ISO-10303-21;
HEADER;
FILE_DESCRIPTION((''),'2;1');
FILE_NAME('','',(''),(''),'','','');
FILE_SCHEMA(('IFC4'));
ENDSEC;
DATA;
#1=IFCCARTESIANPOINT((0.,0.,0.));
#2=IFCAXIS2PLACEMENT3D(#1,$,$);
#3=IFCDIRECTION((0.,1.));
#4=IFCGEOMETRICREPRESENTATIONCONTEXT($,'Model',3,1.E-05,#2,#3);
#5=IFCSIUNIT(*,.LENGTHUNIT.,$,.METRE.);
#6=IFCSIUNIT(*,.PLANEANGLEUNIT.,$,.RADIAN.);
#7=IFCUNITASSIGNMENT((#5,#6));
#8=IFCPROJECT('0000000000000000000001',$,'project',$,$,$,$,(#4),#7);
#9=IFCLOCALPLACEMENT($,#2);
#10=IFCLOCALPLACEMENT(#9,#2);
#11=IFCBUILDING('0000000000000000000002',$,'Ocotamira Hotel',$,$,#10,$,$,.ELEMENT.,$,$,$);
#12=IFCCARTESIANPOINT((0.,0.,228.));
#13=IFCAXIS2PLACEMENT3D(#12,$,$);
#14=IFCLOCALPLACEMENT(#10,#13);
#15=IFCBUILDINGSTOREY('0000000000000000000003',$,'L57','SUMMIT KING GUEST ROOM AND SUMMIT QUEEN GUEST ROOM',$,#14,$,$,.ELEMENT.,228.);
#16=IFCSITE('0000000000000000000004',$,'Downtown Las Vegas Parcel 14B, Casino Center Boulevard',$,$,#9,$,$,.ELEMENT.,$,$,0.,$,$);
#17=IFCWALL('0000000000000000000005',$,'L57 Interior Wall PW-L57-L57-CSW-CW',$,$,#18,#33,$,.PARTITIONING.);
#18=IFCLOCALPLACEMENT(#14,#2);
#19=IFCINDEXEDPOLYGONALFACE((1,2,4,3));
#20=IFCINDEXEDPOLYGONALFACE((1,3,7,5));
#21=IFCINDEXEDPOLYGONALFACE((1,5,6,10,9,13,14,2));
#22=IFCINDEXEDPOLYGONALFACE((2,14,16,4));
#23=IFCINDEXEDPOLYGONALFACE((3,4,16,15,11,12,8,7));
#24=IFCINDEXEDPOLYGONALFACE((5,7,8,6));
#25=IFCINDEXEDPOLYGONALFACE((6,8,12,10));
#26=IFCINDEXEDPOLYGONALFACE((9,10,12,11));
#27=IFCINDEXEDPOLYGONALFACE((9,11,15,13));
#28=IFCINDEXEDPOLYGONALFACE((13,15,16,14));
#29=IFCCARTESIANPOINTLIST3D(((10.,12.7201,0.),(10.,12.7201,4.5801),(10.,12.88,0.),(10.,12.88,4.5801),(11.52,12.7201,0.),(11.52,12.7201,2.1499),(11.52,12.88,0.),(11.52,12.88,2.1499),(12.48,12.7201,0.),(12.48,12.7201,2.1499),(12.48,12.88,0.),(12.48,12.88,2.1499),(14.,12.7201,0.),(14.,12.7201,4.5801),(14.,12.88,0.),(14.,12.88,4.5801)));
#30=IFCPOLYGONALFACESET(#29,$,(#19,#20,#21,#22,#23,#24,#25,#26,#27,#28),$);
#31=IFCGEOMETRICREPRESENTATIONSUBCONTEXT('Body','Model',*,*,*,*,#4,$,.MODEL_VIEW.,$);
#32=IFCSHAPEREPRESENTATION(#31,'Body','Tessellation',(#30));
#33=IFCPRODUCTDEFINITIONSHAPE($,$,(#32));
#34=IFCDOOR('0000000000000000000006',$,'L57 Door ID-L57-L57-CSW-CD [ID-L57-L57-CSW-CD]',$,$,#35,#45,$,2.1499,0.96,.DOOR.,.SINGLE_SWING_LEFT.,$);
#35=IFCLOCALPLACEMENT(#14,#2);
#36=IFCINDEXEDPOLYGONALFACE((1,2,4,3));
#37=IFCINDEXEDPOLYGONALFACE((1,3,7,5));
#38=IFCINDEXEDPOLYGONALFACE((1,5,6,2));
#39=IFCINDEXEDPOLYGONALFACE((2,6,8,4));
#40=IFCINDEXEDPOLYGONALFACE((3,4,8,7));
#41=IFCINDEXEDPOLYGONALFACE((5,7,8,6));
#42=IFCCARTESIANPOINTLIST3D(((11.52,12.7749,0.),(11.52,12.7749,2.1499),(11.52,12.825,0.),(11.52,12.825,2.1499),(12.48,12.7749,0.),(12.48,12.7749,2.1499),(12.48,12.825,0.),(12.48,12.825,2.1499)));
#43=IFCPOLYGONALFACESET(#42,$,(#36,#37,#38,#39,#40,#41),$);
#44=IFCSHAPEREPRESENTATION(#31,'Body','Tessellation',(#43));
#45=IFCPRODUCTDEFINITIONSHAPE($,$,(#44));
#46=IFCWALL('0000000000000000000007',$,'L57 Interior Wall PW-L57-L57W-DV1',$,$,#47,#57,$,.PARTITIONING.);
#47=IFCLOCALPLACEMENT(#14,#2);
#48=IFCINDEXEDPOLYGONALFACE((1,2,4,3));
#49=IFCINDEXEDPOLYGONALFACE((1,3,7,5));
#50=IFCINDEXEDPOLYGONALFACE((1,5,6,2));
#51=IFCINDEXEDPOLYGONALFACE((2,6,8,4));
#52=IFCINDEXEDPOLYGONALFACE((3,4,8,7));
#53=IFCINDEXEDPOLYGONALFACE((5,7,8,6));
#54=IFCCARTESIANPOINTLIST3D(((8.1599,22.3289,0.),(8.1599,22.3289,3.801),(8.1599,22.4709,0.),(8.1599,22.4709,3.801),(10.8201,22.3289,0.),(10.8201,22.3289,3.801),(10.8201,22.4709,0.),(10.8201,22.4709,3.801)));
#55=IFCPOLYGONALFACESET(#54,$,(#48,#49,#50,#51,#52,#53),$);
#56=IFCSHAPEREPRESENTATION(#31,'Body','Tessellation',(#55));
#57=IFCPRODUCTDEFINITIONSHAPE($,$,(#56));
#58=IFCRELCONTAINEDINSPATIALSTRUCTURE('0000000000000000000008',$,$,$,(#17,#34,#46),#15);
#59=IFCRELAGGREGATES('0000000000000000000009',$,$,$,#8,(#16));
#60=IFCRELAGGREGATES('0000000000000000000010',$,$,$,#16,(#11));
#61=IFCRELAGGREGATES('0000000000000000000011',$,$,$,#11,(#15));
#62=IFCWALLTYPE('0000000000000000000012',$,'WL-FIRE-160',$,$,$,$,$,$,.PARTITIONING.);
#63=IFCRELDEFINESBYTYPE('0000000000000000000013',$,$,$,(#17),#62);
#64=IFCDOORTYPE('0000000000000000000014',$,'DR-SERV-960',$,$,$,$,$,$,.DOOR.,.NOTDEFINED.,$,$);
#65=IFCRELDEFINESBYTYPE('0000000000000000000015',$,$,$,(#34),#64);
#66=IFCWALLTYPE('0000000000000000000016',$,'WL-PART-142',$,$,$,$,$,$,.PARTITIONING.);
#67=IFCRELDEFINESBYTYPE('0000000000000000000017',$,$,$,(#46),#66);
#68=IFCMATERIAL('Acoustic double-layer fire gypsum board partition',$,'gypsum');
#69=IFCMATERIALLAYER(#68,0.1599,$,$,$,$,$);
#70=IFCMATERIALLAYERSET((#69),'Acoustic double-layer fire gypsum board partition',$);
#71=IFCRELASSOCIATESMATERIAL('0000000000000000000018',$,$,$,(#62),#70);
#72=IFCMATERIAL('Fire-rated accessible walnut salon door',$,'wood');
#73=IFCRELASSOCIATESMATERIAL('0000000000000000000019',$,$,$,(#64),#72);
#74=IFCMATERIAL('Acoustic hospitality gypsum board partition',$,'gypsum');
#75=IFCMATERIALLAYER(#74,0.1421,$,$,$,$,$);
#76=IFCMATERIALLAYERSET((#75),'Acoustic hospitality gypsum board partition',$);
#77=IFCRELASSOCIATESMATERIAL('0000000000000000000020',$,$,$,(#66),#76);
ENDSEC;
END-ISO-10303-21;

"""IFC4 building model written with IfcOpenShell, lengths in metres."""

from ifc_helpers import new_model, si_unit, direction, frame, frame_2d, origin, place, context, subcontext, project, spatial, rectangle, extrude, source, transform, mapped, material, layer, layer_set, type_object, element, fill, save


model = new_model("IFC4")

# Units and contexts
model_context = context("Model", 3, precision=1e-05, world=origin(), true_north=direction((0.0, 1.0)))
body_context = subcontext(model_context, "Body", "Model", "MODEL_VIEW")
ifc_project = project(units=[si_unit("LENGTHUNIT", "METRE"), si_unit("PLANEANGLEUNIT", "RADIAN")], contexts=[model_context])

# Site, building, storey
site_placement = place(None, origin())
site = spatial("IfcSite", under=ifc_project, at=site_placement, Name="Downtown Las Vegas Parcel 14B, Casino Center Boulevard", CompositionType="ELEMENT", RefElevation=0.0)
building_placement = place(site_placement, origin())
building = spatial("IfcBuilding", under=site, at=building_placement, Name="Ocotamira Hotel", CompositionType="ELEMENT")
storey_placement = place(building_placement, frame((0.0, 0.0, 228.0)))
storey = spatial("IfcBuildingStorey", under=building, at=storey_placement, Name="L57", Description="SUMMIT KING GUEST ROOM AND SUMMIT QUEEN GUEST ROOM", CompositionType="ELEMENT", Elevation=228.0)

# Wall, opening, door
ifc_material_1 = material(Name="Acoustic double-layer fire gypsum board partition", Category="gypsum")
ifc_layer_1 = layer(ifc_material_1, 0.1599)
ifc_layer_set_1 = layer_set([ifc_layer_1], Name="Acoustic double-layer fire gypsum board partition")
wall_type_1 = type_object("IfcWallType", Name="WL-FIRE-160", PredefinedType="PARTITIONING", material=ifc_layer_set_1)
wall_1_placement = place(storey_placement, frame((10.0, 12.8, 0.0), z_axis=(0.0, 0.0, 1.0), x_axis=(1.0, 0.0, 0.0)))
wall_1 = element("IfcWall", 1, at=wall_1_placement, inside=storey, type_object=wall_type_1, Name="L57 Interior Wall PW-L57-L57-CSW-CW", PredefinedType="PARTITIONING", context=body_context, shape_type="SweptSolid", body=[
    extrude(rectangle(XDim=4.0, YDim=0.1599, at=frame_2d((2.0, 0.0))), origin(), (0.0, 0.0, 1.0), 4.5801),
])
opening_1_placement = place(wall_1_placement, frame((1.52, 0.0, 0.0)))
opening_1 = element("IfcOpeningElement", 2, at=opening_1_placement, cuts=wall_1, PredefinedType="OPENING", context=body_context, shape_type="SweptSolid", body=[
    extrude(rectangle(XDim=0.96, YDim=2.1499, at=frame_2d((0.48, 1.075))), frame((0.0, 0.0898, 0.0), z_axis=(0.0, -1.0, 0.0), x_axis=(1.0, 0.0, 0.0)), (0.0, 0.0, 1.0), 0.1799),
])
ifc_material_2 = material(Name="Fire-rated accessible walnut salon door", Category="wood")
door_type_1 = type_object("IfcDoorType", Name="DR-SERV-960", OperationType="NOTDEFINED", PredefinedType="DOOR", material=ifc_material_2)
shared_shape_1 = source(origin(), body_context, "Body", "SweptSolid", [
    extrude(rectangle(XDim=0.96, YDim=2.1499, at=frame_2d((0.48, 1.075))), frame((0.0, 0.0249, 0.0), z_axis=(0.0, -1.0, 0.0), x_axis=(1.0, 0.0, 0.0)), (0.0, 0.0, 1.0), 0.05),
])
door_1_placement = place(opening_1_placement, origin())
door_1 = element("IfcDoor", 3, at=door_1_placement, inside=storey, type_object=door_type_1, Name="L57 Door ID-L57-L57-CSW-CD [ID-L57-L57-CSW-CD]", OperationType="SINGLE_SWING_LEFT", OverallHeight=2.1499, OverallWidth=0.96, PredefinedType="DOOR", context=body_context, shape_type="MappedRepresentation", body=[
    mapped(shared_shape_1, transform((0.0, 0.0, 0.0), scale=1.0)),
])
fill(opening_1, door_1)

# Wall
ifc_material_3 = material(Name="Acoustic hospitality gypsum board partition", Category="gypsum")
ifc_layer_2 = layer(ifc_material_3, 0.1421)
ifc_layer_set_2 = layer_set([ifc_layer_2], Name="Acoustic hospitality gypsum board partition")
wall_type_2 = type_object("IfcWallType", Name="WL-PART-142", PredefinedType="PARTITIONING", material=ifc_layer_set_2)
wall_2_placement = place(storey_placement, frame((8.1599, 22.3999, 0.0), z_axis=(0.0, 0.0, 1.0), x_axis=(1.0, 0.0, 0.0)))
element("IfcWall", 4, at=wall_2_placement, inside=storey, type_object=wall_type_2, Name="L57 Interior Wall PW-L57-L57W-DV1", PredefinedType="PARTITIONING", context=body_context, shape_type="SweptSolid", body=[
    extrude(rectangle(XDim=2.6602, YDim=0.1421, at=frame_2d((1.3301, 0.0))), origin(), (0.0, 0.0, 1.0), 3.801),
])

save(model, "model.ifc")
